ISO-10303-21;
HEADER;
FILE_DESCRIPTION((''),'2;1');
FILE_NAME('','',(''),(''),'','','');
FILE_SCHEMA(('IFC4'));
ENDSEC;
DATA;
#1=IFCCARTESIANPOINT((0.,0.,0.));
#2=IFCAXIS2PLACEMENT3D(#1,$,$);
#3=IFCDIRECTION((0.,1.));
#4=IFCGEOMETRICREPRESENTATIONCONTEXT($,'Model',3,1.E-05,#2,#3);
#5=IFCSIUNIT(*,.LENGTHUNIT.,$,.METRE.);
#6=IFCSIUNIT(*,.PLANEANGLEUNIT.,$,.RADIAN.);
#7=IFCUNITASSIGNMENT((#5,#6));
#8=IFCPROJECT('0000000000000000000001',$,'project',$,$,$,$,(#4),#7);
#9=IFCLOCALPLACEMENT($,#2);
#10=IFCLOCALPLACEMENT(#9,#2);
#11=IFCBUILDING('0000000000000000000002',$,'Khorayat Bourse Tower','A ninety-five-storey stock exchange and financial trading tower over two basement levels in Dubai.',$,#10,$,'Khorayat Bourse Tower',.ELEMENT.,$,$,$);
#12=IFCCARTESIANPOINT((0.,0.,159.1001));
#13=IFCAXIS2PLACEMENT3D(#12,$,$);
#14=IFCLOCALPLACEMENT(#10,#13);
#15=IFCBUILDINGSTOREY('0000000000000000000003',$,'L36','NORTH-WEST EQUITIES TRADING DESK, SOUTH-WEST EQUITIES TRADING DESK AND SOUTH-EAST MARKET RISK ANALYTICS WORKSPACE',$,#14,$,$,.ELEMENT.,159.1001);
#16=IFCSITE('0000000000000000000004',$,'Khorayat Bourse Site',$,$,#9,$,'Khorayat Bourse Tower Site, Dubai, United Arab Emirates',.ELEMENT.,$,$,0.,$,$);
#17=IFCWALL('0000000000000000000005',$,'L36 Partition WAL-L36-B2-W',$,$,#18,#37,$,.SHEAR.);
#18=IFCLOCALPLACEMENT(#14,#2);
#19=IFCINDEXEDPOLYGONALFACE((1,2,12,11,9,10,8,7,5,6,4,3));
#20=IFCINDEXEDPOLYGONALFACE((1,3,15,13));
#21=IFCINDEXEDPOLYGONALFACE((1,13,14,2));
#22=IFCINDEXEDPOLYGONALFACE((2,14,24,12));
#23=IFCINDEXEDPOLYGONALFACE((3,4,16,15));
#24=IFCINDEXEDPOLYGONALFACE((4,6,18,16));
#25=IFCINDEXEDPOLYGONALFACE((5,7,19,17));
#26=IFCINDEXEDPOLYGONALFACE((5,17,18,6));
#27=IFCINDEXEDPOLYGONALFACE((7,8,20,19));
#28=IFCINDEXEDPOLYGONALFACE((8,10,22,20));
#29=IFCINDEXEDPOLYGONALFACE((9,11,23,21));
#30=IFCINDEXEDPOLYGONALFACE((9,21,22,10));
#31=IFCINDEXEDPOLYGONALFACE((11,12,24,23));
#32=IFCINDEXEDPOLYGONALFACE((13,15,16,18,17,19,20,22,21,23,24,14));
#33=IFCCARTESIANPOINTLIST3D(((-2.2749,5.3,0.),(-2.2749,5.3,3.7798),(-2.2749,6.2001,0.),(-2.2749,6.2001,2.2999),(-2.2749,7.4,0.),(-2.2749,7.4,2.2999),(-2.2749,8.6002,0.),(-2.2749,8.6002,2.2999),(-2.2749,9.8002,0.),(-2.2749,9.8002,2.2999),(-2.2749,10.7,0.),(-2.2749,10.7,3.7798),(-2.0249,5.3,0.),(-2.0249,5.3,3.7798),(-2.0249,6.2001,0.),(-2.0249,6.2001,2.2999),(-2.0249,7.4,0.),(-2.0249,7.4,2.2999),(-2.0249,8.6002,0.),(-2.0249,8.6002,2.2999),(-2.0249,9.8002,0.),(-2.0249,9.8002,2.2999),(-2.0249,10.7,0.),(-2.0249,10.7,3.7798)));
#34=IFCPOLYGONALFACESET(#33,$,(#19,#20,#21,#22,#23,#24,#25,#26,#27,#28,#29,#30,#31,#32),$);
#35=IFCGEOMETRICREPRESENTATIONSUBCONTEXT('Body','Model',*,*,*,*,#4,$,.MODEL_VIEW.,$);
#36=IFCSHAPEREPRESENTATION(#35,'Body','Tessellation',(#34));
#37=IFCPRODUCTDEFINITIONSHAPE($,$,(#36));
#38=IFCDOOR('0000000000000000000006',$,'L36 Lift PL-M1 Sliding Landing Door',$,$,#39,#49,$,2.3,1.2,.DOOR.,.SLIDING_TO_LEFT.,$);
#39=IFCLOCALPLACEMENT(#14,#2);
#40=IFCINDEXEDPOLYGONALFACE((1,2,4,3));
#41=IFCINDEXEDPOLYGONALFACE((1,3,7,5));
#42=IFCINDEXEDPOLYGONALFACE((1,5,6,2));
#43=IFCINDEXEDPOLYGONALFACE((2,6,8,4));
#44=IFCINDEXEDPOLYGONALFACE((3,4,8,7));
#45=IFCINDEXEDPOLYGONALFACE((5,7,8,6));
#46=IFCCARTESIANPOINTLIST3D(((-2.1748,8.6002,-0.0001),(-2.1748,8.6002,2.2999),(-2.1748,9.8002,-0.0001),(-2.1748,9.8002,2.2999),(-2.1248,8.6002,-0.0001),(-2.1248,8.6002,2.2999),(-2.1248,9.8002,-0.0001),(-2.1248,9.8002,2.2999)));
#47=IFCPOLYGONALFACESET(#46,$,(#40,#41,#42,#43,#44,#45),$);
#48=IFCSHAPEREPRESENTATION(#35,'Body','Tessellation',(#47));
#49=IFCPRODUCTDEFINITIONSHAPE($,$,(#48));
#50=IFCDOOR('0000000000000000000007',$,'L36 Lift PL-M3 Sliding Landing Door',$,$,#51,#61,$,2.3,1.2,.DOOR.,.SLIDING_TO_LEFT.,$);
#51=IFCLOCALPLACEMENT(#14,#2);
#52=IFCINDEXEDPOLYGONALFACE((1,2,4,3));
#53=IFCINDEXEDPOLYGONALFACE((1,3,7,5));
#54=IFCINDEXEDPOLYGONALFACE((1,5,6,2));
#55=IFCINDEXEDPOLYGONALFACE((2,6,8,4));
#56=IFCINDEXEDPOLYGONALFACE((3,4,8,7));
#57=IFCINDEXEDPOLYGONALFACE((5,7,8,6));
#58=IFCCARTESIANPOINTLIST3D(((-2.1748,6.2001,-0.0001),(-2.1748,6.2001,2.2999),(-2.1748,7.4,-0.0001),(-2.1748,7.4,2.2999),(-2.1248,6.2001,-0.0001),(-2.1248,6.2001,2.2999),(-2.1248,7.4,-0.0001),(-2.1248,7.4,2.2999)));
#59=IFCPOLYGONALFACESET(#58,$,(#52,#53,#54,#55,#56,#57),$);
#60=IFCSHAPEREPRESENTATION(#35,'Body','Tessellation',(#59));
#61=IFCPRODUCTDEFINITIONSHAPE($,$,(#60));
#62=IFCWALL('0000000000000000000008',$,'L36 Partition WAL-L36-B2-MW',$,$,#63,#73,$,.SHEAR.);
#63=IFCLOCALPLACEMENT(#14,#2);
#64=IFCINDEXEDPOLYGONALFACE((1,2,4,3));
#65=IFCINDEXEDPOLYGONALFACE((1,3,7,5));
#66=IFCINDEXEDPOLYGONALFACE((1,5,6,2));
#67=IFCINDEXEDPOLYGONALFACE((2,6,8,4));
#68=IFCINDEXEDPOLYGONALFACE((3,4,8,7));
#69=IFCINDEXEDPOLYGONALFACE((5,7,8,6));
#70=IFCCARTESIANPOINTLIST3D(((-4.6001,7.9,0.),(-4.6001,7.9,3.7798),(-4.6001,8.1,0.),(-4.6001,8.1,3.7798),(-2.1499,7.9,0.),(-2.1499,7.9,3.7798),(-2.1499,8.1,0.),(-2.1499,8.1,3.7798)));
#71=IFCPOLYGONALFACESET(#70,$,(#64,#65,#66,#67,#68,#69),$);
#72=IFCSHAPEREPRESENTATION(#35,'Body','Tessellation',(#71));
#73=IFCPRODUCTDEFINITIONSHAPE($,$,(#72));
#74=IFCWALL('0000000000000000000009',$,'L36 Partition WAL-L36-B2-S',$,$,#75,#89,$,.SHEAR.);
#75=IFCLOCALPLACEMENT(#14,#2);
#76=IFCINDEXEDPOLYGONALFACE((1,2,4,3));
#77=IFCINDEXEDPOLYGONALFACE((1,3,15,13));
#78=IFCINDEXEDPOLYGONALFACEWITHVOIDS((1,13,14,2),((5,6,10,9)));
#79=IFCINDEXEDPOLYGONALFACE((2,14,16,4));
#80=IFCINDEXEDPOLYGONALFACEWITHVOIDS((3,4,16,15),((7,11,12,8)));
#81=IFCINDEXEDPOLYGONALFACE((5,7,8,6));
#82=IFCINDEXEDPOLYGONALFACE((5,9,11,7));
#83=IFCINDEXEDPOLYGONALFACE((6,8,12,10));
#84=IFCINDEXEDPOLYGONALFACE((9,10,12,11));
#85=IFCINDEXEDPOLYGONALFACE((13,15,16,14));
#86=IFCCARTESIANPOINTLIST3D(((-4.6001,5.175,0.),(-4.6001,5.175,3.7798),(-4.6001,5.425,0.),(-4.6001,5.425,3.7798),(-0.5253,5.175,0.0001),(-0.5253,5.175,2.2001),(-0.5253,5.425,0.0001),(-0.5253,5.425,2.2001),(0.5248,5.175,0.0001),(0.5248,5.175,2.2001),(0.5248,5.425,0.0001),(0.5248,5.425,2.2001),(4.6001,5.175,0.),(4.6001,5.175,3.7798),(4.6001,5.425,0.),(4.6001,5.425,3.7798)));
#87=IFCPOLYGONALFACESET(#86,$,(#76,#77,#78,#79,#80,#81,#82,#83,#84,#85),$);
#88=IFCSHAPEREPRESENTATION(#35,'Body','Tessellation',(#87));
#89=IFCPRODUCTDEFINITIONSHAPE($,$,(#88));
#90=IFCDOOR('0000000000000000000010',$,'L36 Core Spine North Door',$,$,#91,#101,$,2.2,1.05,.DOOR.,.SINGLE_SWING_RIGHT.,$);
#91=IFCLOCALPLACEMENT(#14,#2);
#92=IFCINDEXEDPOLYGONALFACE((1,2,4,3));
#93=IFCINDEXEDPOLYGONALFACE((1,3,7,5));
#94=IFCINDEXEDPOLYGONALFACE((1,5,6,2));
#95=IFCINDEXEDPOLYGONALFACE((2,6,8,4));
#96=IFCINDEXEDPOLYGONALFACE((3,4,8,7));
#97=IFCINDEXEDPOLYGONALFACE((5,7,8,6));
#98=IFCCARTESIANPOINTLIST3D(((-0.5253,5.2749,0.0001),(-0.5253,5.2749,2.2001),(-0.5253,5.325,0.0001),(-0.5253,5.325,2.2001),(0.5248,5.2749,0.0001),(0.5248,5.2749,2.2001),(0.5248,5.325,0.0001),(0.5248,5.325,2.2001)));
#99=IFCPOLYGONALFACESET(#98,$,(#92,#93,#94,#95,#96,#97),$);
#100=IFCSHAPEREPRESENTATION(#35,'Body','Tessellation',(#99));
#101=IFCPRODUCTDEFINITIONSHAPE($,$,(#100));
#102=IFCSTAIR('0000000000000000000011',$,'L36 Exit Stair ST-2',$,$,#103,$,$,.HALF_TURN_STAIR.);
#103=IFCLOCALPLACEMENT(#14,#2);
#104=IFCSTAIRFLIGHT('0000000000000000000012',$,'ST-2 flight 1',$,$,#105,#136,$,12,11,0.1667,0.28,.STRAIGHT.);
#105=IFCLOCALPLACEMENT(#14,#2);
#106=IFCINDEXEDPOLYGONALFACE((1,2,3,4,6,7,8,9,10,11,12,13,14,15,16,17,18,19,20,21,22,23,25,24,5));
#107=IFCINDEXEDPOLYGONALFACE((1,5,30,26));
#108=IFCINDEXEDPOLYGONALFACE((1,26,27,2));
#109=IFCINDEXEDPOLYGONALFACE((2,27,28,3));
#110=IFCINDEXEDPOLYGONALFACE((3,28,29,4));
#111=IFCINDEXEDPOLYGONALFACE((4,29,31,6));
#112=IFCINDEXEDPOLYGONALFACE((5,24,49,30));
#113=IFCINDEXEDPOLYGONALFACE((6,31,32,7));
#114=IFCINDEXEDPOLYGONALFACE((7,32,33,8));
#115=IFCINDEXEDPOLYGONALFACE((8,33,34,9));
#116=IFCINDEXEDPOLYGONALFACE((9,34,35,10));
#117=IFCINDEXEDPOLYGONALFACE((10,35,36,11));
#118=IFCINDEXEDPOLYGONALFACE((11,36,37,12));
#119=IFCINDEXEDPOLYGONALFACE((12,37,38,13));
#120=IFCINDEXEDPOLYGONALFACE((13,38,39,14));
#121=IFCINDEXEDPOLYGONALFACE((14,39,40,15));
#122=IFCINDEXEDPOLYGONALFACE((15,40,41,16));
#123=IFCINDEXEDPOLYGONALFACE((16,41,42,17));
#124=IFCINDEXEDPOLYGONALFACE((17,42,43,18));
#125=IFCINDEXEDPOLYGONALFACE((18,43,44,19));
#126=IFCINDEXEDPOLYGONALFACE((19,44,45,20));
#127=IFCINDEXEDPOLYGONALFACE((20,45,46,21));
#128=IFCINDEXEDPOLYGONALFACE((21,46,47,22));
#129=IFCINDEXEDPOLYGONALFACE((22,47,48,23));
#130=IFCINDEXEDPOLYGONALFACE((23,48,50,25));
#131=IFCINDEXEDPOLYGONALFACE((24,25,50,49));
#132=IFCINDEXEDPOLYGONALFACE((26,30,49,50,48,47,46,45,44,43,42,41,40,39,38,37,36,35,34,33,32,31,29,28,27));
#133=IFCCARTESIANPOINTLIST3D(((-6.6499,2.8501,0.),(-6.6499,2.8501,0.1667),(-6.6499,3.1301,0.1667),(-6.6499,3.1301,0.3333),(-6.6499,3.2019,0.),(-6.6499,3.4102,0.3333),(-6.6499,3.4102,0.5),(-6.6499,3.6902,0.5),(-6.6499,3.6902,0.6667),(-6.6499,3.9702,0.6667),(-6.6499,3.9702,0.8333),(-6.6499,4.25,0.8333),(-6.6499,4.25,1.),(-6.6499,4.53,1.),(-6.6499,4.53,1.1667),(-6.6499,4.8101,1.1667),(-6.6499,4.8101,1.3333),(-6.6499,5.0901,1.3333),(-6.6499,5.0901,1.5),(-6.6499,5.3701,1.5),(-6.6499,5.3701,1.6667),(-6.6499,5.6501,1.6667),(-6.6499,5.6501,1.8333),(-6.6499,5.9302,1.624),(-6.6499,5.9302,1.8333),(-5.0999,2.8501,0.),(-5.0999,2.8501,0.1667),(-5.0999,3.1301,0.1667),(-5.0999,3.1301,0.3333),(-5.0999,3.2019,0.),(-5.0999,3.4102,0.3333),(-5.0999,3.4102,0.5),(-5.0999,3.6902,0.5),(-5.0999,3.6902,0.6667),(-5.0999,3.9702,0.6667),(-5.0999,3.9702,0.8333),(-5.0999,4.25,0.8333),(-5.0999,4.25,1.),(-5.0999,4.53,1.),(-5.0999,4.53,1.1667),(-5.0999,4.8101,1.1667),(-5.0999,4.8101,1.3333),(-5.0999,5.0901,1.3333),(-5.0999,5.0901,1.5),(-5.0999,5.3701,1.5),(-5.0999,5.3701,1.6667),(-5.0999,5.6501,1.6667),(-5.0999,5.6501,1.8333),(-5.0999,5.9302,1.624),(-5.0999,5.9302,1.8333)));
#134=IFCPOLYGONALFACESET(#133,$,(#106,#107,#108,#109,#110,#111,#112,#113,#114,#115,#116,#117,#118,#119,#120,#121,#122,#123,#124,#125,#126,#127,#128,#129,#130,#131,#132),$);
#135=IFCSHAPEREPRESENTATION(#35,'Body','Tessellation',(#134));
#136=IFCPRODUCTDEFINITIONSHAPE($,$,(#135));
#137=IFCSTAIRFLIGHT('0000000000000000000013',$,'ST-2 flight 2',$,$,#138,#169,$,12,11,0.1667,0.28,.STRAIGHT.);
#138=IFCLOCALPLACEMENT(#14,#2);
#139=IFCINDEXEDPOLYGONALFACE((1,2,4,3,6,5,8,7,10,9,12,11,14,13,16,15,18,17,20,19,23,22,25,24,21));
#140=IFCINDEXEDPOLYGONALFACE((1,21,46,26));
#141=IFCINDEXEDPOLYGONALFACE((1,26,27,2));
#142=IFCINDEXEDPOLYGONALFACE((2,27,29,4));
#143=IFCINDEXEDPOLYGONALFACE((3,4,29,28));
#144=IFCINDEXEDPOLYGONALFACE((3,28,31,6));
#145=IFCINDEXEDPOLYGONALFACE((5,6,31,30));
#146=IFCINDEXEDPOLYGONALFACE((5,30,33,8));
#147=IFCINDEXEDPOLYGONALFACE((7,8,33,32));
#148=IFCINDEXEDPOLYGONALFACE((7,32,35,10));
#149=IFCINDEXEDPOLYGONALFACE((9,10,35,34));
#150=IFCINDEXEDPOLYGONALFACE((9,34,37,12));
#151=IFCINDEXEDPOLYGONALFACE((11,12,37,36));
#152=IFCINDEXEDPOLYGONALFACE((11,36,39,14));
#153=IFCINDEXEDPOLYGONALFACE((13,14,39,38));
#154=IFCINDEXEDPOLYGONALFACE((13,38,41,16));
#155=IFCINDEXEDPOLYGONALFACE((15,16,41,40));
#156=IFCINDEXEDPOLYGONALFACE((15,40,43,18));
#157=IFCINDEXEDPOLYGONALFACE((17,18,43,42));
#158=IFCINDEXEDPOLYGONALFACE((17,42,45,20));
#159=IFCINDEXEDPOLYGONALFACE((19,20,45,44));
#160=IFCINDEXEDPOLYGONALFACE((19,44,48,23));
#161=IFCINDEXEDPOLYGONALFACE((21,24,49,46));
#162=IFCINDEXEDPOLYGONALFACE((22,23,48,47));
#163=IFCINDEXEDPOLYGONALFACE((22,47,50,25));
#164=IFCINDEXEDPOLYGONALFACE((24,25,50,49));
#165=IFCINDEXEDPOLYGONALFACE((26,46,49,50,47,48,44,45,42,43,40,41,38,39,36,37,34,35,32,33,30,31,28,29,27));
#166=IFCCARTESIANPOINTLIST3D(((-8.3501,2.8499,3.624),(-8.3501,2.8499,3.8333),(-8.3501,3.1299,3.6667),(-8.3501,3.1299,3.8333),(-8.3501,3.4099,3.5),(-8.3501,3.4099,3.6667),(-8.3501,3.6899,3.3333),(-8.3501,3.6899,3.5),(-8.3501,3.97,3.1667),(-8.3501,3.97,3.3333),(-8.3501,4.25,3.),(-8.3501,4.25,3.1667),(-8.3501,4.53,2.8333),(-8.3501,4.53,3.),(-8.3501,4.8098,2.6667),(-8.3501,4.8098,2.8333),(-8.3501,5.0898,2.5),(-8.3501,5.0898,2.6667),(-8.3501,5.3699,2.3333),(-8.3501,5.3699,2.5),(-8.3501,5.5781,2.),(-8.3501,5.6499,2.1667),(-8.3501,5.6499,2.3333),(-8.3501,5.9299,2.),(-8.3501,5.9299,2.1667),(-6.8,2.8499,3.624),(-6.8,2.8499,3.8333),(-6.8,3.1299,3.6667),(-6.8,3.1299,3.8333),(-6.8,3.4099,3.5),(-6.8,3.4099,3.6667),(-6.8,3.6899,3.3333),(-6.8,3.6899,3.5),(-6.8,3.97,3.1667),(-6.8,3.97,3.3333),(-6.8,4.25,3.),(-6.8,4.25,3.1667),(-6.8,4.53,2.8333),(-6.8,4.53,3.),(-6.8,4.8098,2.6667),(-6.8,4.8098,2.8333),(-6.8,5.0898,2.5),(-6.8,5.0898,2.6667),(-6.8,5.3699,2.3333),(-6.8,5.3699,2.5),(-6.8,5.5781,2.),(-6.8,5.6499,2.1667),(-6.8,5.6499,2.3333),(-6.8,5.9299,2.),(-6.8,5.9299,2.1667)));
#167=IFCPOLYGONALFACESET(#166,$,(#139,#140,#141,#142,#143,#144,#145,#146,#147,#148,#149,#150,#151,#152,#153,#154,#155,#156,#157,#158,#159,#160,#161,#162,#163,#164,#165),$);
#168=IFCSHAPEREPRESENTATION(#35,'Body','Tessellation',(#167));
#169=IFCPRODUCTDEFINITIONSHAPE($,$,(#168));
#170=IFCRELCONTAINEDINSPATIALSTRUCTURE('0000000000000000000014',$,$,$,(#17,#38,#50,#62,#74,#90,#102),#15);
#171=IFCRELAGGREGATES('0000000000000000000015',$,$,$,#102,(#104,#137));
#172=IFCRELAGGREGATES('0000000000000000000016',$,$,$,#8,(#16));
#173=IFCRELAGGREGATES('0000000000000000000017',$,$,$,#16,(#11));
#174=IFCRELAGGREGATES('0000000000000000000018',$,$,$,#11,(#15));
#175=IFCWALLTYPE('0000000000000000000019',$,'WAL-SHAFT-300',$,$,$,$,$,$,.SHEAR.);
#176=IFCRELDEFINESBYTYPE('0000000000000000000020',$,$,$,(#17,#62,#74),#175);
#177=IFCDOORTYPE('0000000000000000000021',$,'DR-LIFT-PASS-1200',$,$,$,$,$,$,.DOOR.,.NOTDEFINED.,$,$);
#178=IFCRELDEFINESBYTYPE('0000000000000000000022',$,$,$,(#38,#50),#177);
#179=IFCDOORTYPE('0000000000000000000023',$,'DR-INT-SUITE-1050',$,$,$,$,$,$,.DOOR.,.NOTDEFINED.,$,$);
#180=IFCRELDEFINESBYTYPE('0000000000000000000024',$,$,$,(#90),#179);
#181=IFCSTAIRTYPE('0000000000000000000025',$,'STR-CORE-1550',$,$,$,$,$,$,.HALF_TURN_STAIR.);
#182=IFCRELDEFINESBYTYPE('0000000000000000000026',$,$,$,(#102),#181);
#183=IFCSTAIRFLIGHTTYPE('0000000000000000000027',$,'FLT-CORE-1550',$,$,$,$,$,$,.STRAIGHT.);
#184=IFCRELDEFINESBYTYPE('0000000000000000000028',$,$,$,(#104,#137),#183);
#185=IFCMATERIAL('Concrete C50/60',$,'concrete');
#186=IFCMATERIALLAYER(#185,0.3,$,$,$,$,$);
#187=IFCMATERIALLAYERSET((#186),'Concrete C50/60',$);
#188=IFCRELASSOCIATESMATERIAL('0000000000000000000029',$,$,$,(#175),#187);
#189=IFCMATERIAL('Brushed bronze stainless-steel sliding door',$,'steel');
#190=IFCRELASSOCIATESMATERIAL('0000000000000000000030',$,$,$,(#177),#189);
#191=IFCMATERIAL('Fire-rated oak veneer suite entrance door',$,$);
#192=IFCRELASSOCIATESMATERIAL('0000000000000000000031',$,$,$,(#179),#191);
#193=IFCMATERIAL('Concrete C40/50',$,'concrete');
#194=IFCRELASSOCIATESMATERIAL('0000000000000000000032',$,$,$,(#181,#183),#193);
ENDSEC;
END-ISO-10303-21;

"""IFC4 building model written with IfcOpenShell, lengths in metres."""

from ifc_helpers import new_model, si_unit, direction, frame, frame_2d, origin, place, context, subcontext, project, spatial, polyline, rectangle, outline, extrude, source, transform, mapped, material, layer, layer_set, type_object, element, fill, aggregate, save


model = new_model("IFC4")

# Units and contexts
model_context = context("Model", 3, precision=1e-05, world=origin(), true_north=direction((0.0, 1.0)))
body_context = subcontext(model_context, "Body", "Model", "MODEL_VIEW")
ifc_project = project(units=[si_unit("LENGTHUNIT", "METRE"), si_unit("PLANEANGLEUNIT", "RADIAN")], contexts=[model_context])

# Site, building, storey
site_placement = place(None, origin())
site = spatial("IfcSite", under=ifc_project, at=site_placement, Name="Khorayat Bourse Site", LongName="Khorayat Bourse Tower Site, Dubai, United Arab Emirates", CompositionType="ELEMENT", RefElevation=0.0)
building_placement = place(site_placement, origin())
building = spatial("IfcBuilding", under=site, at=building_placement, Name="Khorayat Bourse Tower", Description="A ninety-five-storey stock exchange and financial trading tower over two basement levels in Dubai.", LongName="Khorayat Bourse Tower", CompositionType="ELEMENT")
storey_placement = place(building_placement, frame((0.0, 0.0, 159.1001)))
storey = spatial("IfcBuildingStorey", under=building, at=storey_placement, Name="L36", Description="NORTH-WEST EQUITIES TRADING DESK, SOUTH-WEST EQUITIES TRADING DESK AND SOUTH-EAST MARKET RISK ANALYTICS WORKSPACE", CompositionType="ELEMENT", Elevation=159.1001)

# Shared definitions
ifc_material_1 = material(Name="Concrete C50/60", Category="concrete")
ifc_layer_1 = layer(ifc_material_1, 0.3)
ifc_layer_set_1 = layer_set([ifc_layer_1], Name="Concrete C50/60")
wall_type_1 = type_object("IfcWallType", Name="WAL-SHAFT-300", PredefinedType="SHEAR", material=ifc_layer_set_1)

# Wall, openings, doors
shared_shape_1 = source(origin(), body_context, "Body", "SweptSolid", [
    extrude(rectangle(XDim=5.3999, YDim=0.25, at=frame_2d((2.7, 0.0))), origin(), (0.0, 0.0, 1.0), 3.7798),
])
wall_1_placement = place(storey_placement, frame((-2.1499, 5.3, 0.0), z_axis=(0.0, 0.0, 1.0), x_axis=(0.0, 1.0, 0.0)))
wall_1 = element("IfcWall", 1, at=wall_1_placement, inside=storey, type_object=wall_type_1, Name="L36 Partition WAL-L36-B2-W", PredefinedType="SHEAR", context=body_context, shape_type="MappedRepresentation", body=[
    mapped(shared_shape_1, transform((0.0, 0.0, 0.0), scale=1.0)),
])
shared_shape_2 = source(origin(), body_context, "Body", "SweptSolid", [
    extrude(rectangle(XDim=1.2, YDim=2.3, at=frame_2d((0.6001, 1.1499))), frame((0.0, 0.135, 0.0), z_axis=(0.0, -1.0, 0.0), x_axis=(1.0, 0.0, 0.0)), (0.0, 0.0, 1.0), 0.27),
])
opening_1_placement = place(wall_1_placement, frame((3.3, 0.0, 0.0)))
opening_1 = element("IfcOpeningElement", 2, at=opening_1_placement, cuts=wall_1, PredefinedType="OPENING", context=body_context, shape_type="MappedRepresentation", body=[
    mapped(shared_shape_2, transform((0.0, 0.0, 0.0), scale=1.0)),
])
opening_2_placement = place(wall_1_placement, frame((0.8999, 0.0, 0.0)))
opening_2 = element("IfcOpeningElement", 3, at=opening_2_placement, cuts=wall_1, PredefinedType="OPENING", context=body_context, shape_type="MappedRepresentation", body=[
    mapped(shared_shape_2, transform((0.0, 0.0, 0.0), scale=1.0)),
])
ifc_material_2 = material(Name="Brushed bronze stainless-steel sliding door", Category="steel")
door_type_1 = type_object("IfcDoorType", Name="DR-LIFT-PASS-1200", OperationType="NOTDEFINED", PredefinedType="DOOR", material=ifc_material_2)
shared_shape_3 = source(origin(), body_context, "Body", "SweptSolid", [
    extrude(rectangle(XDim=1.2, YDim=2.3, at=frame_2d((0.6001, 1.1499))), frame((0.0, 0.0249, 0.0), z_axis=(0.0, -1.0, 0.0), x_axis=(1.0, 0.0, 0.0)), (0.0, 0.0, 1.0), 0.05),
])
door_1_placement = place(opening_1_placement, origin())
door_1 = element("IfcDoor", 4, at=door_1_placement, inside=storey, type_object=door_type_1, Name="L36 Lift PL-M1 Sliding Landing Door", OperationType="SLIDING_TO_LEFT", OverallHeight=2.3, OverallWidth=1.2, PredefinedType="DOOR", context=body_context, shape_type="MappedRepresentation", body=[
    mapped(shared_shape_3, transform((0.0, 0.0, 0.0), scale=1.0)),
])
fill(opening_1, door_1)
door_2_placement = place(opening_2_placement, origin())
door_2 = element("IfcDoor", 5, at=door_2_placement, inside=storey, type_object=door_type_1, Name="L36 Lift PL-M3 Sliding Landing Door", OperationType="SLIDING_TO_LEFT", OverallHeight=2.3, OverallWidth=1.2, PredefinedType="DOOR", context=body_context, shape_type="MappedRepresentation", body=[
    mapped(shared_shape_3, transform((0.0, 0.0, 0.0), scale=1.0)),
])
fill(opening_2, door_2)

# Wall
shared_shape_4 = source(origin(), body_context, "Body", "SweptSolid", [
    extrude(rectangle(XDim=2.4502, YDim=0.2, at=frame_2d((1.2251, 0.0))), origin(), (0.0, 0.0, 1.0), 3.7798),
])
wall_2_placement = place(storey_placement, frame((-4.6001, 8.0, 0.0), z_axis=(0.0, 0.0, 1.0), x_axis=(1.0, 0.0, 0.0)))
element("IfcWall", 6, at=wall_2_placement, inside=storey, type_object=wall_type_1, Name="L36 Partition WAL-L36-B2-MW", PredefinedType="SHEAR", context=body_context, shape_type="MappedRepresentation", body=[
    mapped(shared_shape_4, transform((0.0, 0.0, 0.0), scale=1.0)),
])

# Wall, opening, door
shared_shape_5 = source(origin(), body_context, "Body", "SweptSolid", [
    extrude(rectangle(XDim=9.2002, YDim=0.25, at=frame_2d((4.6001, 0.0))), origin(), (0.0, 0.0, 1.0), 3.7798),
])
wall_3_placement = place(storey_placement, frame((-4.6001, 5.3, 0.0), z_axis=(0.0, 0.0, 1.0), x_axis=(1.0, 0.0, 0.0)))
wall_3 = element("IfcWall", 7, at=wall_3_placement, inside=storey, type_object=wall_type_1, Name="L36 Partition WAL-L36-B2-S", PredefinedType="SHEAR", context=body_context, shape_type="MappedRepresentation", body=[
    mapped(shared_shape_5, transform((0.0, 0.0, 0.0), scale=1.0)),
])
shared_shape_6 = source(origin(), body_context, "Body", "SweptSolid", [
    extrude(rectangle(XDim=1.05, YDim=2.2, at=frame_2d((0.5249, 1.1001))), frame((0.0, 0.135, 0.0), z_axis=(0.0, -1.0, 0.0), x_axis=(1.0, 0.0, 0.0)), (0.0, 0.0, 1.0), 0.27),
])
opening_3_placement = place(wall_3_placement, frame((4.075, 0.0, 0.0)))
opening_3 = element("IfcOpeningElement", 8, at=opening_3_placement, cuts=wall_3, PredefinedType="OPENING", context=body_context, shape_type="MappedRepresentation", body=[
    mapped(shared_shape_6, transform((0.0, 0.0, 0.0), scale=1.0)),
])
ifc_material_3 = material(Name="Fire-rated oak veneer suite entrance door")
door_type_2 = type_object("IfcDoorType", Name="DR-INT-SUITE-1050", OperationType="NOTDEFINED", PredefinedType="DOOR", material=ifc_material_3)
shared_shape_7 = source(origin(), body_context, "Body", "SweptSolid", [
    extrude(rectangle(XDim=1.05, YDim=2.2, at=frame_2d((0.5249, 1.1001))), frame((0.0, 0.0249, 0.0), z_axis=(0.0, -1.0, 0.0), x_axis=(1.0, 0.0, 0.0)), (0.0, 0.0, 1.0), 0.05),
])
door_3_placement = place(opening_3_placement, origin())
door_3 = element("IfcDoor", 9, at=door_3_placement, inside=storey, type_object=door_type_2, Name="L36 Core Spine North Door", OperationType="SINGLE_SWING_RIGHT", OverallHeight=2.2, OverallWidth=1.05, PredefinedType="DOOR", context=body_context, shape_type="MappedRepresentation", body=[
    mapped(shared_shape_7, transform((0.0, 0.0, 0.0), scale=1.0)),
])
fill(opening_3, door_3)

# Stair, stair flights
ifc_material_4 = material(Name="Concrete C40/50", Category="concrete")
stair_type = type_object("IfcStairType", Name="STR-CORE-1550", PredefinedType="HALF_TURN_STAIR", material=ifc_material_4)
stair_placement = place(storey_placement, origin())
stair = element("IfcStair", 10, at=stair_placement, inside=storey, type_object=stair_type, Name="L36 Exit Stair ST-2", PredefinedType="HALF_TURN_STAIR")
stair_flight_type = type_object("IfcStairFlightType", Name="FLT-CORE-1550", PredefinedType="STRAIGHT", material=ifc_material_4)
shared_shape_8 = source(origin(), body_context, "Body", "SweptSolid", [
    extrude(outline(polyline([(0.0, 0.0), (0.0, 0.1667), (0.28, 0.1667), (0.28, 0.3333), (0.5601, 0.3333), (0.5601, 0.5), (0.8401, 0.5), (0.8401, 0.6667), (1.1201, 0.6667), (1.1201, 0.8333), (1.3999, 0.8333), (1.3999, 1.0), (1.6799, 1.0), (1.6799, 1.1667), (1.96, 1.1667), (1.96, 1.3333), (2.24, 1.3333), (2.24, 1.5), (2.52, 1.5), (2.52, 1.6667), (2.8, 1.6667), (2.8, 1.8333), (3.0801, 1.8333), (3.0801, 2.0), (3.0801, 1.624), (0.3518, 0.0), (0.0, 0.0)])), frame((0.0, 0.7749, 0.0), z_axis=(0.0, -1.0, 0.0), x_axis=(1.0, 0.0, 0.0)), (0.0, 0.0, 1.0), 1.55),
])
stair_flight_1_placement = place(storey_placement, frame((-5.875, 2.8501, 0.0), z_axis=(0.0, 0.0, 1.0), x_axis=(0.0, 1.0, 0.0)))
stair_flight_1 = element("IfcStairFlight", 11, at=stair_flight_1_placement, type_object=stair_flight_type, Name="ST-2 flight 1", NumberOfRisers=12, NumberOfTreads=11, PredefinedType="STRAIGHT", RiserHeight=0.1667, TreadLength=0.28, context=body_context, shape_type="MappedRepresentation", body=[
    mapped(shared_shape_8, transform((0.0, 0.0, 0.0), scale=1.0)),
])
stair_flight_2_placement = place(storey_placement, frame((-7.575, 5.9299, 2.0), z_axis=(0.0, 0.0, 1.0), x_axis=(0.0, -1.0, 0.0)))
stair_flight_2 = element("IfcStairFlight", 12, at=stair_flight_2_placement, type_object=stair_flight_type, Name="ST-2 flight 2", NumberOfRisers=12, NumberOfTreads=11, PredefinedType="STRAIGHT", RiserHeight=0.1667, TreadLength=0.28, context=body_context, shape_type="MappedRepresentation", body=[
    mapped(shared_shape_8, transform((0.0, 0.0, 0.0), scale=1.0)),
])
aggregate(stair, [stair_flight_1, stair_flight_2])

save(model, "model.ifc")
